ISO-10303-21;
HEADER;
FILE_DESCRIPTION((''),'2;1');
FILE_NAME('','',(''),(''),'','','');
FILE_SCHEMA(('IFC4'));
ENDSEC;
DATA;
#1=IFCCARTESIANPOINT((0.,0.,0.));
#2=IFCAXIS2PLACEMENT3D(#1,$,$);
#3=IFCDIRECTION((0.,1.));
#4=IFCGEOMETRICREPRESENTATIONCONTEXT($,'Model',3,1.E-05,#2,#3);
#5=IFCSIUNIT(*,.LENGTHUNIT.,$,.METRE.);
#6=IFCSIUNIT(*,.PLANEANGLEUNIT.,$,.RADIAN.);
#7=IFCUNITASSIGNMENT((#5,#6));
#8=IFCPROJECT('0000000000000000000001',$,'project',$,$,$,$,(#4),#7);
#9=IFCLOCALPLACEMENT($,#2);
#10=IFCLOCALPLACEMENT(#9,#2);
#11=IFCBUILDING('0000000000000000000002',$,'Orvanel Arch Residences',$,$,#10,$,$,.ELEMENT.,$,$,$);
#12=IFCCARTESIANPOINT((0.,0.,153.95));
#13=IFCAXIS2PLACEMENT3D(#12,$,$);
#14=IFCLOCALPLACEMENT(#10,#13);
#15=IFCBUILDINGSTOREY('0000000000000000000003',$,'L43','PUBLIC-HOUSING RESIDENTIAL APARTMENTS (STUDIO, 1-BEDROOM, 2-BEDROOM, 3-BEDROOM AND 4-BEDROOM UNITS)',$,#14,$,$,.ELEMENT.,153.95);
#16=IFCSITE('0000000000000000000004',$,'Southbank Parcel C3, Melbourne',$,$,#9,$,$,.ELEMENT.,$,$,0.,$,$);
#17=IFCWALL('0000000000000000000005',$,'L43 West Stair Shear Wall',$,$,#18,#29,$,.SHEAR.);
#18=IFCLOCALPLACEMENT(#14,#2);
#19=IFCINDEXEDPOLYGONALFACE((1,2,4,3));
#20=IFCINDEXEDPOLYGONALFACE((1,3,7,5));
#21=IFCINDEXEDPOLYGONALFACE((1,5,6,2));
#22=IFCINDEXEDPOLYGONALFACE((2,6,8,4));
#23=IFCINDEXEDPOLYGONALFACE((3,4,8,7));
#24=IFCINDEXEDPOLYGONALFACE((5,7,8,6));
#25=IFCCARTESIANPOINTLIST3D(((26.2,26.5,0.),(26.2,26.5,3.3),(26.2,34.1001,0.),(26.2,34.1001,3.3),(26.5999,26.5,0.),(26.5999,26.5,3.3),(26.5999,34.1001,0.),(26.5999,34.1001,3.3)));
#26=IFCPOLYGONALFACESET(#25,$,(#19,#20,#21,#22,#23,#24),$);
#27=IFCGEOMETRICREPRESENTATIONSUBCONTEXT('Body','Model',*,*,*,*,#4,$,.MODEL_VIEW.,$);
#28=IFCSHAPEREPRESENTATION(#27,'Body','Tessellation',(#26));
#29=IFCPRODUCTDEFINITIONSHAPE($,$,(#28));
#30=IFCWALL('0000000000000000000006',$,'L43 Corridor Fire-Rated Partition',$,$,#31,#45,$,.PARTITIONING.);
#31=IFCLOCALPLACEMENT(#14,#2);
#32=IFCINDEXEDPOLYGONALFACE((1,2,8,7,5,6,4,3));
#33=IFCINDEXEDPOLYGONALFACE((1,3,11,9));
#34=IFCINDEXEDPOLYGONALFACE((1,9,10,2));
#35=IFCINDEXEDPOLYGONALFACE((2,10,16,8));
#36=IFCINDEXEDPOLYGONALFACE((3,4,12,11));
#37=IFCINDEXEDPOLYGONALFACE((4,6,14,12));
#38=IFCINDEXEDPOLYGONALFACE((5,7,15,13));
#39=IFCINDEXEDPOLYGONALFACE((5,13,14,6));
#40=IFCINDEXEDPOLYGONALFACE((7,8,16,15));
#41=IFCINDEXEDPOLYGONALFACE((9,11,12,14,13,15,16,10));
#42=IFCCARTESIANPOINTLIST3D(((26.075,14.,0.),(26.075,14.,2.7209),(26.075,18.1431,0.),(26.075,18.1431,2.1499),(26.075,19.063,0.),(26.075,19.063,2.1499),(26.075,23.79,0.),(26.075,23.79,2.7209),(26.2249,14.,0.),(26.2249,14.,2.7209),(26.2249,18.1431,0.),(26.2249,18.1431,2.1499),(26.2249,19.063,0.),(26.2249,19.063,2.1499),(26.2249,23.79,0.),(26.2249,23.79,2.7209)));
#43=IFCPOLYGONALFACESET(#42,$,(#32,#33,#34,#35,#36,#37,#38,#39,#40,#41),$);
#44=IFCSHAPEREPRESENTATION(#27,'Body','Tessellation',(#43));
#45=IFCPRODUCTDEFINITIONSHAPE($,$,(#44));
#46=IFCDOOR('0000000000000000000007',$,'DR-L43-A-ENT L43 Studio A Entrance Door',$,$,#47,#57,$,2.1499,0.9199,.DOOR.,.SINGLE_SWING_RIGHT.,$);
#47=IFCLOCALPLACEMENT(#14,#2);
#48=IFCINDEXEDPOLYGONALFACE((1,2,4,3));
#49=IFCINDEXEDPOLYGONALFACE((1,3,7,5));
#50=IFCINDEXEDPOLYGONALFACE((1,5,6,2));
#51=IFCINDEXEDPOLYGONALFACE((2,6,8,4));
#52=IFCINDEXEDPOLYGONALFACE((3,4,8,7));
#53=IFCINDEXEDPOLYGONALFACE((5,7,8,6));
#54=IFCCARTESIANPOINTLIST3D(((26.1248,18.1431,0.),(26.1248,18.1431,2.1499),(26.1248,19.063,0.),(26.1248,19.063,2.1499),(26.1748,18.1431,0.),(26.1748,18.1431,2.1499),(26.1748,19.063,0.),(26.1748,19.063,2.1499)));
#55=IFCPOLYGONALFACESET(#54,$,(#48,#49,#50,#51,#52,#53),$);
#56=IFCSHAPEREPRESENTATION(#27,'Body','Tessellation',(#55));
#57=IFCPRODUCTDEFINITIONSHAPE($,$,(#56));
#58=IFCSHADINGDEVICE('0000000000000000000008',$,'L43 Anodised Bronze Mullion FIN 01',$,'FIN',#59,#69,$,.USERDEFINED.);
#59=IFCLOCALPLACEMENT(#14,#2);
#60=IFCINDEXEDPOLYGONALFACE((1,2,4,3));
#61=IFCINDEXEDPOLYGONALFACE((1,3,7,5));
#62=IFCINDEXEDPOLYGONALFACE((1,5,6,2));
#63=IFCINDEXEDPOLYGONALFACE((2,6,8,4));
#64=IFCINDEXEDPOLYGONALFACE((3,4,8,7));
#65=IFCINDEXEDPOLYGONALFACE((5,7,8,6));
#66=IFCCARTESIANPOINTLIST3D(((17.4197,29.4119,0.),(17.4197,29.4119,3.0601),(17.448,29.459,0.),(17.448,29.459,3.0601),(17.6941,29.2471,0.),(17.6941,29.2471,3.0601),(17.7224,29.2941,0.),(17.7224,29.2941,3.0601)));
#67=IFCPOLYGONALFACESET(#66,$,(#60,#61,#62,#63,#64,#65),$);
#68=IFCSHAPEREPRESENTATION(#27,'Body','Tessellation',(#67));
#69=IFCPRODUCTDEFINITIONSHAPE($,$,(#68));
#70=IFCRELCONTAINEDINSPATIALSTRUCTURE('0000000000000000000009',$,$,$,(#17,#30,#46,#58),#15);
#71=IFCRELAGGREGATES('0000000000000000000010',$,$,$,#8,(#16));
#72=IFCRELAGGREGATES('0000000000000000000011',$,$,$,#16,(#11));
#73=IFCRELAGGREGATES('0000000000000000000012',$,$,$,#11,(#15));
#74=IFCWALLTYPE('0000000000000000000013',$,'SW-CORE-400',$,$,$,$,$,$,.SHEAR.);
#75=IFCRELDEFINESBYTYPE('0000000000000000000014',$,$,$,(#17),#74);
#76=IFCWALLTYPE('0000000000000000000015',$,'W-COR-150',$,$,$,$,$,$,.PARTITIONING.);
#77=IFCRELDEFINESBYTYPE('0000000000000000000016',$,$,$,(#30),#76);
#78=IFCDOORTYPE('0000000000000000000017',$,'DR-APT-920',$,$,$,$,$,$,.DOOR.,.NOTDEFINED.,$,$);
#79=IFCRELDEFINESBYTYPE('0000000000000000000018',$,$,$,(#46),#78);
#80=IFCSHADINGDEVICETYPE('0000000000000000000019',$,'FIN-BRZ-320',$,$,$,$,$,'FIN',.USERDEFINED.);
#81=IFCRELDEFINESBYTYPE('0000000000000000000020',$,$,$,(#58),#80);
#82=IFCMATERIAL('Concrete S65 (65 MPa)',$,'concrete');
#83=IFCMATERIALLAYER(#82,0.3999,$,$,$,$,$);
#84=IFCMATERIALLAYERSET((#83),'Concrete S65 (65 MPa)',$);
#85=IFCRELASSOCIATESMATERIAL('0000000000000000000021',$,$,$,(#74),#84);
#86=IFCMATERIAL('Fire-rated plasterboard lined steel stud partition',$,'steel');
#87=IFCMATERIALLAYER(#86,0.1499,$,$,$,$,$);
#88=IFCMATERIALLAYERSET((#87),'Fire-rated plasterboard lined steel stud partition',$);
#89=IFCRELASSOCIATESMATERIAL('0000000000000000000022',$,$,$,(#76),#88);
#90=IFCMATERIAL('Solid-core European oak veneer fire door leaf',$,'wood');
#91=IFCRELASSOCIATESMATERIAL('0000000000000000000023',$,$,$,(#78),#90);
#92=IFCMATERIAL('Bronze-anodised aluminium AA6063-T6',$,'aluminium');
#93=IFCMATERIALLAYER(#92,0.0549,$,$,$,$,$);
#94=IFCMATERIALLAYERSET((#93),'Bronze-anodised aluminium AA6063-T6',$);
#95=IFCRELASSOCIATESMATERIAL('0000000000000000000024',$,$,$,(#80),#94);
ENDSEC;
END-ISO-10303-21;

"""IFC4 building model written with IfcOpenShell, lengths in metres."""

from ifc_helpers import new_model, si_unit, direction, frame, frame_2d, origin, origin_2d, place, context, subcontext, project, spatial, rectangle, extrude, material, layer, layer_set, type_object, element, fill, save


model = new_model("IFC4")

# Units and contexts
model_context = context("Model", 3, precision=1e-05, world=origin(), true_north=direction((0.0, 1.0)))
body_context = subcontext(model_context, "Body", "Model", "MODEL_VIEW")
ifc_project = project(units=[si_unit("LENGTHUNIT", "METRE"), si_unit("PLANEANGLEUNIT", "RADIAN")], contexts=[model_context])

# Site, building, storey
site_placement = place(None, origin())
site = spatial("IfcSite", under=ifc_project, at=site_placement, Name="Southbank Parcel C3, Melbourne", CompositionType="ELEMENT", RefElevation=0.0)
building_placement = place(site_placement, origin())
building = spatial("IfcBuilding", under=site, at=building_placement, Name="Orvanel Arch Residences", CompositionType="ELEMENT")
storey_placement = place(building_placement, frame((0.0, 0.0, 153.95)))
storey = spatial("IfcBuildingStorey", under=building, at=storey_placement, Name="L43", Description="PUBLIC-HOUSING RESIDENTIAL APARTMENTS (STUDIO, 1-BEDROOM, 2-BEDROOM, 3-BEDROOM AND 4-BEDROOM UNITS)", CompositionType="ELEMENT", Elevation=153.95)

# Shared definitions
ifc_material_1 = material(Name="Bronze-anodised aluminium AA6063-T6", Category="aluminium")

# Shared definitions
ifc_material_2 = material(Name="Concrete S65 (65 MPa)", Category="concrete")
ifc_layer_1 = layer(ifc_material_2, 0.3999)
ifc_layer_set_1 = layer_set([ifc_layer_1], Name="Concrete S65 (65 MPa)")
wall_type_1 = type_object("IfcWallType", Name="SW-CORE-400", PredefinedType="SHEAR", material=ifc_layer_set_1)

# Wall
wall_1_placement = place(storey_placement, frame((26.3999, 26.5, 0.0), z_axis=(0.0, 0.0, 1.0), x_axis=(0.0, 1.0, 0.0)))
element("IfcWall", 1, at=wall_1_placement, inside=storey, type_object=wall_type_1, Name="L43 West Stair Shear Wall", PredefinedType="SHEAR", context=body_context, shape_type="SweptSolid", body=[
    extrude(rectangle(XDim=7.6001, YDim=0.3999, at=frame_2d((3.8, 0.0))), origin(), (0.0, 0.0, 1.0), 3.3),
])

# Wall, opening, door
ifc_material_3 = material(Name="Fire-rated plasterboard lined steel stud partition", Category="steel")
ifc_layer_2 = layer(ifc_material_3, 0.1499)
ifc_layer_set_2 = layer_set([ifc_layer_2], Name="Fire-rated plasterboard lined steel stud partition")
wall_type_2 = type_object("IfcWallType", Name="W-COR-150", PredefinedType="PARTITIONING", material=ifc_layer_set_2)
wall_2_placement = place(storey_placement, frame((26.1499, 23.79, 0.0), z_axis=(0.0, 0.0, 1.0), x_axis=(0.0, -1.0, 0.0)))
wall_2 = element("IfcWall", 2, at=wall_2_placement, inside=storey, type_object=wall_type_2, Name="L43 Corridor Fire-Rated Partition", PredefinedType="PARTITIONING", context=body_context, shape_type="SweptSolid", body=[
    extrude(rectangle(XDim=9.79, YDim=0.1499, at=frame_2d((4.895, 0.0))), origin(), (0.0, 0.0, 1.0), 2.7209),
])
opening_1_placement = place(wall_2_placement, frame((4.7271, 0.0, 0.0)))
opening_1 = element("IfcOpeningElement", 3, at=opening_1_placement, cuts=wall_2, PredefinedType="OPENING", context=body_context, shape_type="SweptSolid", body=[
    extrude(rectangle(XDim=0.9199, YDim=2.1499, at=frame_2d((0.46, 1.075))), frame((0.0, 0.085, 0.0), z_axis=(0.0, -1.0, 0.0), x_axis=(1.0, 0.0, 0.0)), (0.0, 0.0, 1.0), 0.1699),
])
ifc_material_4 = material(Name="Solid-core European oak veneer fire door leaf", Category="wood")
door_type_1 = type_object("IfcDoorType", Name="DR-APT-920", OperationType="NOTDEFINED", PredefinedType="DOOR", material=ifc_material_4)
door_1_placement = place(opening_1_placement, origin())
door_1 = element("IfcDoor", 4, at=door_1_placement, inside=storey, type_object=door_type_1, Name="DR-L43-A-ENT L43 Studio A Entrance Door", OperationType="SINGLE_SWING_RIGHT", OverallHeight=2.1499, OverallWidth=0.9199, PredefinedType="DOOR", context=body_context, shape_type="SweptSolid", body=[
    extrude(rectangle(XDim=0.9199, YDim=2.1499, at=frame_2d((0.46, 1.075))), frame((0.0, 0.0249, 0.0), z_axis=(0.0, -1.0, 0.0), x_axis=(1.0, 0.0, 0.0)), (0.0, 0.0, 1.0), 0.05),
])
fill(opening_1, door_1)

# Shading device
ifc_layer_3 = layer(ifc_material_1, 0.0549)
ifc_layer_set_3 = layer_set([ifc_layer_3], Name="Bronze-anodised aluminium AA6063-T6")
shading_device_type = type_object("IfcShadingDeviceType", Name="FIN-BRZ-320", ElementType="FIN", PredefinedType="USERDEFINED", material=ifc_layer_set_3)
shading_device_placement = place(storey_placement, frame((17.571, 29.353, 0.0), z_axis=(0.0, 0.0, 1.0), x_axis=(-0.857167, 0.515038, 0.0)))
element("IfcShadingDevice", 5, at=shading_device_placement, inside=storey, type_object=shading_device_type, Name="L43 Anodised Bronze Mullion FIN 01", ObjectType="FIN", PredefinedType="USERDEFINED", context=body_context, shape_type="SweptSolid", body=[
    extrude(rectangle(XDim=0.3201, YDim=0.0549, at=origin_2d()), origin(), (0.0, 0.0, 1.0), 3.0601),
])

save(model, "model.ifc")
